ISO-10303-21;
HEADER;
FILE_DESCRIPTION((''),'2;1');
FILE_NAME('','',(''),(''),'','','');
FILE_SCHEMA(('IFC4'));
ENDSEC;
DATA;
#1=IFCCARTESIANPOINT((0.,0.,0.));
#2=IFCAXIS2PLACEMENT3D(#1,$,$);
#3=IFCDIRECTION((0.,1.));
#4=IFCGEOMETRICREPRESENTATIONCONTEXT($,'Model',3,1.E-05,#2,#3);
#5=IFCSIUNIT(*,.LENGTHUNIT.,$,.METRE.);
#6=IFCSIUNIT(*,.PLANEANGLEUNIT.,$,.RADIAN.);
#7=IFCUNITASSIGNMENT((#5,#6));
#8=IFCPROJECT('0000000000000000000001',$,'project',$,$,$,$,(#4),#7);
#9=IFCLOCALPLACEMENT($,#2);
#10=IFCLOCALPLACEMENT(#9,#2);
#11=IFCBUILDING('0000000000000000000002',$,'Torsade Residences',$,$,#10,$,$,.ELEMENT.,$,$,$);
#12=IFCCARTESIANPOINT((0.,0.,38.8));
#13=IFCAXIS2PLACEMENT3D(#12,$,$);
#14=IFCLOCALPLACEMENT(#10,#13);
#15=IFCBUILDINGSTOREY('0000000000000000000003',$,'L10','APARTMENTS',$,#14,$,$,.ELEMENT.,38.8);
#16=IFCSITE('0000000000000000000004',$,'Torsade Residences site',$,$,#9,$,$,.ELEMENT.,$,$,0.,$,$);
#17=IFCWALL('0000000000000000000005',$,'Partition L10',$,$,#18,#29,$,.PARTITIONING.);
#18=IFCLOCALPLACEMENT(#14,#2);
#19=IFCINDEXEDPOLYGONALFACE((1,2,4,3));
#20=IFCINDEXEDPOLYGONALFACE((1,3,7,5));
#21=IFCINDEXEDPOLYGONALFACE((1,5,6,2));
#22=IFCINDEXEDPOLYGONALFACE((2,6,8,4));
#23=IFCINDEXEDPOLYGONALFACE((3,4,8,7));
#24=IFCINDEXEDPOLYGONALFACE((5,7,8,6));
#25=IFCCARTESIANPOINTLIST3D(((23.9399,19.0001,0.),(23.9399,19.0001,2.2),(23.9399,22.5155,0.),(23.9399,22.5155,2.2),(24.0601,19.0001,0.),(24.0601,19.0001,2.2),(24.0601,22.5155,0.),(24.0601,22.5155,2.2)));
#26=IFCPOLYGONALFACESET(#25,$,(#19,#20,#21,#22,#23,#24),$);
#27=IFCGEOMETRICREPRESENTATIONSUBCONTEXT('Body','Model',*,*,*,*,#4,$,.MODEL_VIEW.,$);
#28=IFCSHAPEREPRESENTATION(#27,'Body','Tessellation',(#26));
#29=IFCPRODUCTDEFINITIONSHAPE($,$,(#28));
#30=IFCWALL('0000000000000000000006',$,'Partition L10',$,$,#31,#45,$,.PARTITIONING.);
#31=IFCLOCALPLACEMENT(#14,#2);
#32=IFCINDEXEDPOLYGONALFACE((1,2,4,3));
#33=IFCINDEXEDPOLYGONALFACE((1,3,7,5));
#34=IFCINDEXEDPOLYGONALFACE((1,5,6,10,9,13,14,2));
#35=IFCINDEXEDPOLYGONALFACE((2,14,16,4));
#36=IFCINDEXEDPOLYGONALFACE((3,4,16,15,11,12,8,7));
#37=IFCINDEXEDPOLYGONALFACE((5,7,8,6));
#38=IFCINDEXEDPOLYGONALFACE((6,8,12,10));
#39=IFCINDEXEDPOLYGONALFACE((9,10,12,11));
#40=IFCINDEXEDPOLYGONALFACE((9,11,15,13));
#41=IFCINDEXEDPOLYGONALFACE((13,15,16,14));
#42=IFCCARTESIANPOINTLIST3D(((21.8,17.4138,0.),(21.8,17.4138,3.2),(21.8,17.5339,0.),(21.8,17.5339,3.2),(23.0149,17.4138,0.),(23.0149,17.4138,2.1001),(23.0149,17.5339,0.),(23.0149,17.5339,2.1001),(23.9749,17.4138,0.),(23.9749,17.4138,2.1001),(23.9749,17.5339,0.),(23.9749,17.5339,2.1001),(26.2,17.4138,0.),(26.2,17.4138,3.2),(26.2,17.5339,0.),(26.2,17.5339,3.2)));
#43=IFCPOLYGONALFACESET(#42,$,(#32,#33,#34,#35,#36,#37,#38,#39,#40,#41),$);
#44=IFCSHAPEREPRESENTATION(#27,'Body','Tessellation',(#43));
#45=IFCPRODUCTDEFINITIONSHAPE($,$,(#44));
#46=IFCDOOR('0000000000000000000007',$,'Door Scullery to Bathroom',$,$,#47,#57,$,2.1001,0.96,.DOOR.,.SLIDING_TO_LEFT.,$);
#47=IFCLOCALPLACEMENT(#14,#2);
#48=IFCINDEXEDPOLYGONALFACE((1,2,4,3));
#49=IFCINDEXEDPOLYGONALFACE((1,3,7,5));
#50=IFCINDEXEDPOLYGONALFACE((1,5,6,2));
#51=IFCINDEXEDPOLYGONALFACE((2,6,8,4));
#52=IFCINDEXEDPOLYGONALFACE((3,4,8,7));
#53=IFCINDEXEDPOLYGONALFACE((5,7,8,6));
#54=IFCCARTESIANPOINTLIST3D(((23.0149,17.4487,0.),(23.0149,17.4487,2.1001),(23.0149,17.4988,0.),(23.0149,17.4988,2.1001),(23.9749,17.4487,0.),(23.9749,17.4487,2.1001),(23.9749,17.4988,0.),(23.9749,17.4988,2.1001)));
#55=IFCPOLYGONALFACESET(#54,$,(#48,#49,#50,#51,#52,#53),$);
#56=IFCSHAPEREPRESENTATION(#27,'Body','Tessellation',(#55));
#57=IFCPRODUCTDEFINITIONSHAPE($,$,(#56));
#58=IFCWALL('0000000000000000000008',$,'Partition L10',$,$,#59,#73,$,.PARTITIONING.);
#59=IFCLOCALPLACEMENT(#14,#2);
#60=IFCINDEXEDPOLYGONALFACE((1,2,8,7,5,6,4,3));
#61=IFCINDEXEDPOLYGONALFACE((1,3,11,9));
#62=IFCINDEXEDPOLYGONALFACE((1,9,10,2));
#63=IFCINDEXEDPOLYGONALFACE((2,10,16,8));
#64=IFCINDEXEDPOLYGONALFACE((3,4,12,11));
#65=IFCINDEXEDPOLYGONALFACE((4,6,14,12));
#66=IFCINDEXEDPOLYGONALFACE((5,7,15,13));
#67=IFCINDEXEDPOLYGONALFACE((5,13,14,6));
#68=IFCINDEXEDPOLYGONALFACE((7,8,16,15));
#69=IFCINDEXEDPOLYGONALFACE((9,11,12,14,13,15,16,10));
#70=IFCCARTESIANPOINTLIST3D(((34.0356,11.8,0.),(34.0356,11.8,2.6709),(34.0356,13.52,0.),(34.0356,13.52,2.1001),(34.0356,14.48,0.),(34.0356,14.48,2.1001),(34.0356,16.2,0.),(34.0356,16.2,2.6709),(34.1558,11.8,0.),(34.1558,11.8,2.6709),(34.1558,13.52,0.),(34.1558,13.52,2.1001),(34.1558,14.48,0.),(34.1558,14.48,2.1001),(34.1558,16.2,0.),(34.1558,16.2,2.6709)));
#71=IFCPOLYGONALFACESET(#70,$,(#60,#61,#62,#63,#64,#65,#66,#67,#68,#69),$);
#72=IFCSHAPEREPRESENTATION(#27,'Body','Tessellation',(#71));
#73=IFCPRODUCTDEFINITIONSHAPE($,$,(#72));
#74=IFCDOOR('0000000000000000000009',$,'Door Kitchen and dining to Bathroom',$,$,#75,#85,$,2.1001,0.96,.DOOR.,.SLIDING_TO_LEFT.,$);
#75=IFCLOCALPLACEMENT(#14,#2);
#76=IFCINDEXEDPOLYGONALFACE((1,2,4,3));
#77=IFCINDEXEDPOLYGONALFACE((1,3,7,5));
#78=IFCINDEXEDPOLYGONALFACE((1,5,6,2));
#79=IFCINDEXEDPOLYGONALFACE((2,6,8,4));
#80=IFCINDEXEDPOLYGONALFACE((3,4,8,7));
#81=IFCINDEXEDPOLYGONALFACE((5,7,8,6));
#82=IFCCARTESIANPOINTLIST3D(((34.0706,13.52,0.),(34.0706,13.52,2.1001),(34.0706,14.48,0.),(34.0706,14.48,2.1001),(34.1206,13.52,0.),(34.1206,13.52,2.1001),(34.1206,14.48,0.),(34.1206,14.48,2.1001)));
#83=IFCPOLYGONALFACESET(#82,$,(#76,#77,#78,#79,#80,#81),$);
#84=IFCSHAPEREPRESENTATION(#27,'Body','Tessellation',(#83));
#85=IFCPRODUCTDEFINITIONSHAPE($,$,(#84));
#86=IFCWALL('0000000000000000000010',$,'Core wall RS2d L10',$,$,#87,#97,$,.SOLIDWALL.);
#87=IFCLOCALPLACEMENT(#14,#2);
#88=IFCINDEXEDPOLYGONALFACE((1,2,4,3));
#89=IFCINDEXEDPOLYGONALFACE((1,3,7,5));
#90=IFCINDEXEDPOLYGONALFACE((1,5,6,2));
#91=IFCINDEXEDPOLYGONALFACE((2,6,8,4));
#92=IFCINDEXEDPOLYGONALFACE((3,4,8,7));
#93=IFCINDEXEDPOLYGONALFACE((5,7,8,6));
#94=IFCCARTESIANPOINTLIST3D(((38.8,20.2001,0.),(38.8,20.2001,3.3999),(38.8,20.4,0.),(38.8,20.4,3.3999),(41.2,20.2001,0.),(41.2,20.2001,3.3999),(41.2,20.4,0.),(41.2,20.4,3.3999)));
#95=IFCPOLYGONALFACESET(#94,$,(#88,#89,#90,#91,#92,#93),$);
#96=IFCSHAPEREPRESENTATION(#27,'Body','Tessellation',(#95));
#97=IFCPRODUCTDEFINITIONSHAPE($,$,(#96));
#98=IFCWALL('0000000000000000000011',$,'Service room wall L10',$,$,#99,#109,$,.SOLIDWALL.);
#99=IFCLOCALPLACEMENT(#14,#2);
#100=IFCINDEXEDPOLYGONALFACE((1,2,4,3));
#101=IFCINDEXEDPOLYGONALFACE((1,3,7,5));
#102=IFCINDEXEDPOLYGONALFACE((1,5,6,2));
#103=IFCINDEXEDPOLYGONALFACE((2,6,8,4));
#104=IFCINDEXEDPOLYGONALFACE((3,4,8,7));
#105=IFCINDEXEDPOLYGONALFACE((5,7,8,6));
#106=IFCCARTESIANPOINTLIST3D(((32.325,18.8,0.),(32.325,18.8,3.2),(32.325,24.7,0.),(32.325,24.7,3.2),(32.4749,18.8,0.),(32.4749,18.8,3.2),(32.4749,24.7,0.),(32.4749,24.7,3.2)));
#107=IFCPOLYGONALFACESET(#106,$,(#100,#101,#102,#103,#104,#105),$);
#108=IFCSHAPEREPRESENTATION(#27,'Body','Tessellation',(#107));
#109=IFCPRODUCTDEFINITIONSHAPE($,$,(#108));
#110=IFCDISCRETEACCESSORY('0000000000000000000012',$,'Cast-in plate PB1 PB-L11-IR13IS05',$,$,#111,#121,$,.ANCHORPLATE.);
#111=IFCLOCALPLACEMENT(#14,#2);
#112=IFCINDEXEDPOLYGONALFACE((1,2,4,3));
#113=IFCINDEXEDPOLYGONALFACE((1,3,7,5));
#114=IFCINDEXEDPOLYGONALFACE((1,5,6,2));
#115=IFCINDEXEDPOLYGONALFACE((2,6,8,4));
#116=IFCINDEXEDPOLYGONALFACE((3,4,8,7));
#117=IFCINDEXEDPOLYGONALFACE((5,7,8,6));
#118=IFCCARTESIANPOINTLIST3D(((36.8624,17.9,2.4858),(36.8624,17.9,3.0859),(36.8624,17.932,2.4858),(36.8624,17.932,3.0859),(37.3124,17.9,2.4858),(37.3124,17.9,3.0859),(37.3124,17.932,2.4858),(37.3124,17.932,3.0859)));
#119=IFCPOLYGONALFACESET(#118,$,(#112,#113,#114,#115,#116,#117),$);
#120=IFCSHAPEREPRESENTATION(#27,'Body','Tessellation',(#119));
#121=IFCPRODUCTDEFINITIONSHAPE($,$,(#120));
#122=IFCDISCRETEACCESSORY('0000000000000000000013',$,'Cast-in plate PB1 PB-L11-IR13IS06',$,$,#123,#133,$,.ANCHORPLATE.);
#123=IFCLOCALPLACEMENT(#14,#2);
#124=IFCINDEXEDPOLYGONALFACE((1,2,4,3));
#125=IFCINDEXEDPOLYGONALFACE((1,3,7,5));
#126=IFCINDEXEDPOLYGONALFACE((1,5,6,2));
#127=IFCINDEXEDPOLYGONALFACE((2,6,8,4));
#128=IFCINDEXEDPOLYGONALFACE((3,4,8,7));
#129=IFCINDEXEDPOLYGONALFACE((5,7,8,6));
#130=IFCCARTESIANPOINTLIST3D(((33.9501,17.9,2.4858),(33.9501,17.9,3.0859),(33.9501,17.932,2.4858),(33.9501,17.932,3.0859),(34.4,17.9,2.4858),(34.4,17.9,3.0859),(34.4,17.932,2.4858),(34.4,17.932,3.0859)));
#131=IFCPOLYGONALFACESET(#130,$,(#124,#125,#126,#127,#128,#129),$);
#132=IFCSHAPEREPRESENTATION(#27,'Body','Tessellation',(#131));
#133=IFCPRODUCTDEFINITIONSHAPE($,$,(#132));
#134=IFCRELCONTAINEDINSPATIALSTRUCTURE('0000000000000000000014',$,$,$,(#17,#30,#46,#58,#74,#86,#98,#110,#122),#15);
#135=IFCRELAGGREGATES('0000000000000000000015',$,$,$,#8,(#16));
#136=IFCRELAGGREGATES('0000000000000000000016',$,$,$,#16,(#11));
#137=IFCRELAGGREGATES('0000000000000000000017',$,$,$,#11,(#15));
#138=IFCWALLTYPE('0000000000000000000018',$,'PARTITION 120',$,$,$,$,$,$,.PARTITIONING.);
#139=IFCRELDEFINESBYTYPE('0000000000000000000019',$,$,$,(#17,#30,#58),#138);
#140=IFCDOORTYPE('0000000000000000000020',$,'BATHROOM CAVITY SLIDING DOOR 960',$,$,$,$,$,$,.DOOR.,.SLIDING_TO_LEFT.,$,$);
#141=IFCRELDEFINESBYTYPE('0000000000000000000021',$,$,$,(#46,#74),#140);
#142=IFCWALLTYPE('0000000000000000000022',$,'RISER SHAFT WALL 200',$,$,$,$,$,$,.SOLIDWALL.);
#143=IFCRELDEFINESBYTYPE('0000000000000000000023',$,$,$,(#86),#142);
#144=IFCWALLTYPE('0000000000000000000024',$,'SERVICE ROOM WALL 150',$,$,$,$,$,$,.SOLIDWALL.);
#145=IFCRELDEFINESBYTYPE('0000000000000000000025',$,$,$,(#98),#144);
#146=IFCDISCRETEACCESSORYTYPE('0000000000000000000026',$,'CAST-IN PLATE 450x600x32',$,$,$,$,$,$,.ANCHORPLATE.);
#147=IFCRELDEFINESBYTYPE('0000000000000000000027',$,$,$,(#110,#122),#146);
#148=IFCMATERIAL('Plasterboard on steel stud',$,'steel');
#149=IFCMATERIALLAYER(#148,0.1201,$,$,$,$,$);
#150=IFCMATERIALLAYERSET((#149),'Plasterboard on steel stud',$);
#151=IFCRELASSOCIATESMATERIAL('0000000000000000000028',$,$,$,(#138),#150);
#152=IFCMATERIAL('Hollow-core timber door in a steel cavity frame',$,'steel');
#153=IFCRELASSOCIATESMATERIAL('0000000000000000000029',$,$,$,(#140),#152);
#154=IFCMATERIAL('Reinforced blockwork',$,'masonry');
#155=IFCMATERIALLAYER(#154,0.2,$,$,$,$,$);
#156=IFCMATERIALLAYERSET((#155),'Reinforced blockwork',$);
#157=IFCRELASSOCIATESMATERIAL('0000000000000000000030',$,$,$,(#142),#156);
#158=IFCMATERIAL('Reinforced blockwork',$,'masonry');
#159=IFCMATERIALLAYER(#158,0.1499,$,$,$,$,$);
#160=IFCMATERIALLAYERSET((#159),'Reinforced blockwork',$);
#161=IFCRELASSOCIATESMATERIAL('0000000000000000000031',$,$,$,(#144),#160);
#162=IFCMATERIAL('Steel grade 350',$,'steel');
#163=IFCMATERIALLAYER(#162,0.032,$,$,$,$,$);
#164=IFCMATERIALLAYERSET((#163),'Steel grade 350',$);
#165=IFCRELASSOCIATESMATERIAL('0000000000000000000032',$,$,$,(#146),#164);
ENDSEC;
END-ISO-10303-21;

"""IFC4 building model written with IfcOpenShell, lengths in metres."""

from ifc_helpers import new_model, si_unit, direction, frame, frame_2d, origin, origin_2d, place, context, subcontext, project, spatial, rectangle, extrude, material, layer, layer_set, type_object, element, fill, save


model = new_model("IFC4")

# Units and contexts
model_context = context("Model", 3, precision=1e-05, world=origin(), true_north=direction((0.0, 1.0)))
body_context = subcontext(model_context, "Body", "Model", "MODEL_VIEW")
ifc_project = project(units=[si_unit("LENGTHUNIT", "METRE"), si_unit("PLANEANGLEUNIT", "RADIAN")], contexts=[model_context])

# Site, building, storey
site_placement = place(None, origin())
site = spatial("IfcSite", under=ifc_project, at=site_placement, Name="Torsade Residences site", CompositionType="ELEMENT", RefElevation=0.0)
building_placement = place(site_placement, origin())
building = spatial("IfcBuilding", under=site, at=building_placement, Name="Torsade Residences", CompositionType="ELEMENT")
storey_placement = place(building_placement, frame((0.0, 0.0, 38.8)))
storey = spatial("IfcBuildingStorey", under=building, at=storey_placement, Name="L10", Description="APARTMENTS", CompositionType="ELEMENT", Elevation=38.8)

# Wall
ifc_material_1 = material(Name="Plasterboard on steel stud", Category="steel")
ifc_layer_1 = layer(ifc_material_1, 0.1201)
ifc_layer_set_1 = layer_set([ifc_layer_1], Name="Plasterboard on steel stud")
wall_type_1 = type_object("IfcWallType", Name="PARTITION 120", PredefinedType="PARTITIONING", material=ifc_layer_set_1)
wall_1_placement = place(storey_placement, frame((24.0, 19.0, 0.0), z_axis=(0.0, 0.0, 1.0), x_axis=(0.0, 1.0, 0.0)))
element("IfcWall", 1, at=wall_1_placement, inside=storey, type_object=wall_type_1, Name="Partition L10", PredefinedType="PARTITIONING", context=body_context, shape_type="SweptSolid", body=[
    extrude(rectangle(XDim=3.5154, YDim=0.1201, at=frame_2d((1.7578, 0.0))), origin(), (0.0, 0.0, 1.0), 2.2),
])

# Walls, openings, doors
wall_2_placement = place(storey_placement, frame((21.8, 17.4739, 0.0), z_axis=(0.0, 0.0, 1.0), x_axis=(1.0, 0.0, 0.0)))
wall_2 = element("IfcWall", 2, at=wall_2_placement, inside=storey, type_object=wall_type_1, Name="Partition L10", PredefinedType="PARTITIONING", context=body_context, shape_type="SweptSolid", body=[
    extrude(rectangle(XDim=4.3999, YDim=0.1201, at=frame_2d((2.2, 0.0))), origin(), (0.0, 0.0, 1.0), 3.2),
])
opening_1_placement = place(wall_2_placement, frame((1.2148, 0.0, 0.0)))
opening_1 = element("IfcOpeningElement", 3, at=opening_1_placement, cuts=wall_2, PredefinedType="OPENING", context=body_context, shape_type="SweptSolid", body=[
    extrude(rectangle(XDim=0.96, YDim=2.1001, at=frame_2d((0.48, 1.05))), frame((0.0, 0.0701, 0.0), z_axis=(0.0, -1.0, 0.0), x_axis=(1.0, 0.0, 0.0)), (0.0, 0.0, 1.0), 0.1401),
])
ifc_material_2 = material(Name="Hollow-core timber door in a steel cavity frame", Category="steel")
door_type_1 = type_object("IfcDoorType", Name="BATHROOM CAVITY SLIDING DOOR 960", OperationType="SLIDING_TO_LEFT", PredefinedType="DOOR", material=ifc_material_2)
door_1_placement = place(opening_1_placement, origin())
door_1 = element("IfcDoor", 4, at=door_1_placement, inside=storey, type_object=door_type_1, Name="Door Scullery to Bathroom", OperationType="SLIDING_TO_LEFT", OverallHeight=2.1001, OverallWidth=0.96, PredefinedType="DOOR", context=body_context, shape_type="SweptSolid", body=[
    extrude(rectangle(XDim=0.96, YDim=2.1001, at=frame_2d((0.48, 1.05))), frame((0.0, 0.0249, 0.0), z_axis=(0.0, -1.0, 0.0), x_axis=(1.0, 0.0, 0.0)), (0.0, 0.0, 1.0), 0.05),
])
fill(opening_1, door_1)
wall_3_placement = place(storey_placement, frame((34.0957, 16.2, 0.0), z_axis=(0.0, 0.0, 1.0), x_axis=(0.0, -1.0, 0.0)))
wall_3 = element("IfcWall", 5, at=wall_3_placement, inside=storey, type_object=wall_type_1, Name="Partition L10", PredefinedType="PARTITIONING", context=body_context, shape_type="SweptSolid", body=[
    extrude(rectangle(XDim=4.3999, YDim=0.1201, at=frame_2d((2.2, 0.0))), origin(), (0.0, 0.0, 1.0), 2.6709),
])
opening_2_placement = place(wall_3_placement, frame((1.72, 0.0, 0.0)))
opening_2 = element("IfcOpeningElement", 6, at=opening_2_placement, cuts=wall_3, PredefinedType="OPENING", context=body_context, shape_type="SweptSolid", body=[
    extrude(rectangle(XDim=0.96, YDim=2.1001, at=frame_2d((0.48, 1.05))), frame((0.0, 0.0701, 0.0), z_axis=(0.0, -1.0, 0.0), x_axis=(1.0, 0.0, 0.0)), (0.0, 0.0, 1.0), 0.1401),
])
door_2_placement = place(opening_2_placement, origin())
door_2 = element("IfcDoor", 7, at=door_2_placement, inside=storey, type_object=door_type_1, Name="Door Kitchen and dining to Bathroom", OperationType="SLIDING_TO_LEFT", OverallHeight=2.1001, OverallWidth=0.96, PredefinedType="DOOR", context=body_context, shape_type="SweptSolid", body=[
    extrude(rectangle(XDim=0.96, YDim=2.1001, at=frame_2d((0.48, 1.05))), frame((0.0, 0.0249, 0.0), z_axis=(0.0, -1.0, 0.0), x_axis=(1.0, 0.0, 0.0)), (0.0, 0.0, 1.0), 0.05),
])
fill(opening_2, door_2)

# Walls
ifc_material_3 = material(Name="Reinforced blockwork", Category="masonry")
ifc_layer_2 = layer(ifc_material_3, 0.2)
ifc_layer_set_2 = layer_set([ifc_layer_2], Name="Reinforced blockwork")
wall_type_2 = type_object("IfcWallType", Name="RISER SHAFT WALL 200", PredefinedType="SOLIDWALL", material=ifc_layer_set_2)
wall_4_placement = place(storey_placement, frame((38.8, 20.3, 0.0), z_axis=(0.0, 0.0, 1.0), x_axis=(1.0, 0.0, 0.0)))
element("IfcWall", 8, at=wall_4_placement, inside=storey, type_object=wall_type_2, Name="Core wall RS2d L10", PredefinedType="SOLIDWALL", context=body_context, shape_type="SweptSolid", body=[
    extrude(rectangle(XDim=2.3999, YDim=0.2, at=frame_2d((1.2, 0.0))), origin(), (0.0, 0.0, 1.0), 3.3999),
])
ifc_material_4 = material(Name="Reinforced blockwork", Category="masonry")
ifc_layer_3 = layer(ifc_material_4, 0.1499)
ifc_layer_set_3 = layer_set([ifc_layer_3], Name="Reinforced blockwork")
wall_type_3 = type_object("IfcWallType", Name="SERVICE ROOM WALL 150", PredefinedType="SOLIDWALL", material=ifc_layer_set_3)
wall_5_placement = place(storey_placement, frame((32.3999, 18.8, 0.0), z_axis=(0.0, 0.0, 1.0), x_axis=(0.0, 1.0, 0.0)))
element("IfcWall", 9, at=wall_5_placement, inside=storey, type_object=wall_type_3, Name="Service room wall L10", PredefinedType="SOLIDWALL", context=body_context, shape_type="SweptSolid", body=[
    extrude(rectangle(XDim=5.8999, YDim=0.1499, at=frame_2d((2.95, 0.0))), origin(), (0.0, 0.0, 1.0), 3.2),
])

# Discrete accessories
ifc_material_5 = material(Name="Steel grade 350", Category="steel")
ifc_layer_4 = layer(ifc_material_5, 0.032)
ifc_layer_set_4 = layer_set([ifc_layer_4], Name="Steel grade 350")
discrete_accessory_type = type_object("IfcDiscreteAccessoryType", Name="CAST-IN PLATE 450x600x32", PredefinedType="ANCHORPLATE", material=ifc_layer_set_4)
for number, where, z_axis, x_axis, name in (
    (10, (37.0874, 17.916, 2.4858), (0.0, 0.0, 1.0), (1.0, 0.0, 0.0), "Cast-in plate PB1 PB-L11-IR13IS05"),
    (11, (34.175, 17.916, 2.4858), (0.0, 0.0, 1.0), (1.0, 0.0, 0.0), "Cast-in plate PB1 PB-L11-IR13IS06"),
):
    element("IfcDiscreteAccessory", number, at=place(storey_placement, frame(where, z_axis=z_axis, x_axis=x_axis)), inside=storey, type_object=discrete_accessory_type, Name=name, PredefinedType="ANCHORPLATE", context=body_context, shape_type="SweptSolid", body=[
        extrude(rectangle(XDim=0.45, YDim=0.032, at=origin_2d()), origin(), (0.0, 0.0, 1.0), 0.6001),
    ])

save(model, "model.ifc")
